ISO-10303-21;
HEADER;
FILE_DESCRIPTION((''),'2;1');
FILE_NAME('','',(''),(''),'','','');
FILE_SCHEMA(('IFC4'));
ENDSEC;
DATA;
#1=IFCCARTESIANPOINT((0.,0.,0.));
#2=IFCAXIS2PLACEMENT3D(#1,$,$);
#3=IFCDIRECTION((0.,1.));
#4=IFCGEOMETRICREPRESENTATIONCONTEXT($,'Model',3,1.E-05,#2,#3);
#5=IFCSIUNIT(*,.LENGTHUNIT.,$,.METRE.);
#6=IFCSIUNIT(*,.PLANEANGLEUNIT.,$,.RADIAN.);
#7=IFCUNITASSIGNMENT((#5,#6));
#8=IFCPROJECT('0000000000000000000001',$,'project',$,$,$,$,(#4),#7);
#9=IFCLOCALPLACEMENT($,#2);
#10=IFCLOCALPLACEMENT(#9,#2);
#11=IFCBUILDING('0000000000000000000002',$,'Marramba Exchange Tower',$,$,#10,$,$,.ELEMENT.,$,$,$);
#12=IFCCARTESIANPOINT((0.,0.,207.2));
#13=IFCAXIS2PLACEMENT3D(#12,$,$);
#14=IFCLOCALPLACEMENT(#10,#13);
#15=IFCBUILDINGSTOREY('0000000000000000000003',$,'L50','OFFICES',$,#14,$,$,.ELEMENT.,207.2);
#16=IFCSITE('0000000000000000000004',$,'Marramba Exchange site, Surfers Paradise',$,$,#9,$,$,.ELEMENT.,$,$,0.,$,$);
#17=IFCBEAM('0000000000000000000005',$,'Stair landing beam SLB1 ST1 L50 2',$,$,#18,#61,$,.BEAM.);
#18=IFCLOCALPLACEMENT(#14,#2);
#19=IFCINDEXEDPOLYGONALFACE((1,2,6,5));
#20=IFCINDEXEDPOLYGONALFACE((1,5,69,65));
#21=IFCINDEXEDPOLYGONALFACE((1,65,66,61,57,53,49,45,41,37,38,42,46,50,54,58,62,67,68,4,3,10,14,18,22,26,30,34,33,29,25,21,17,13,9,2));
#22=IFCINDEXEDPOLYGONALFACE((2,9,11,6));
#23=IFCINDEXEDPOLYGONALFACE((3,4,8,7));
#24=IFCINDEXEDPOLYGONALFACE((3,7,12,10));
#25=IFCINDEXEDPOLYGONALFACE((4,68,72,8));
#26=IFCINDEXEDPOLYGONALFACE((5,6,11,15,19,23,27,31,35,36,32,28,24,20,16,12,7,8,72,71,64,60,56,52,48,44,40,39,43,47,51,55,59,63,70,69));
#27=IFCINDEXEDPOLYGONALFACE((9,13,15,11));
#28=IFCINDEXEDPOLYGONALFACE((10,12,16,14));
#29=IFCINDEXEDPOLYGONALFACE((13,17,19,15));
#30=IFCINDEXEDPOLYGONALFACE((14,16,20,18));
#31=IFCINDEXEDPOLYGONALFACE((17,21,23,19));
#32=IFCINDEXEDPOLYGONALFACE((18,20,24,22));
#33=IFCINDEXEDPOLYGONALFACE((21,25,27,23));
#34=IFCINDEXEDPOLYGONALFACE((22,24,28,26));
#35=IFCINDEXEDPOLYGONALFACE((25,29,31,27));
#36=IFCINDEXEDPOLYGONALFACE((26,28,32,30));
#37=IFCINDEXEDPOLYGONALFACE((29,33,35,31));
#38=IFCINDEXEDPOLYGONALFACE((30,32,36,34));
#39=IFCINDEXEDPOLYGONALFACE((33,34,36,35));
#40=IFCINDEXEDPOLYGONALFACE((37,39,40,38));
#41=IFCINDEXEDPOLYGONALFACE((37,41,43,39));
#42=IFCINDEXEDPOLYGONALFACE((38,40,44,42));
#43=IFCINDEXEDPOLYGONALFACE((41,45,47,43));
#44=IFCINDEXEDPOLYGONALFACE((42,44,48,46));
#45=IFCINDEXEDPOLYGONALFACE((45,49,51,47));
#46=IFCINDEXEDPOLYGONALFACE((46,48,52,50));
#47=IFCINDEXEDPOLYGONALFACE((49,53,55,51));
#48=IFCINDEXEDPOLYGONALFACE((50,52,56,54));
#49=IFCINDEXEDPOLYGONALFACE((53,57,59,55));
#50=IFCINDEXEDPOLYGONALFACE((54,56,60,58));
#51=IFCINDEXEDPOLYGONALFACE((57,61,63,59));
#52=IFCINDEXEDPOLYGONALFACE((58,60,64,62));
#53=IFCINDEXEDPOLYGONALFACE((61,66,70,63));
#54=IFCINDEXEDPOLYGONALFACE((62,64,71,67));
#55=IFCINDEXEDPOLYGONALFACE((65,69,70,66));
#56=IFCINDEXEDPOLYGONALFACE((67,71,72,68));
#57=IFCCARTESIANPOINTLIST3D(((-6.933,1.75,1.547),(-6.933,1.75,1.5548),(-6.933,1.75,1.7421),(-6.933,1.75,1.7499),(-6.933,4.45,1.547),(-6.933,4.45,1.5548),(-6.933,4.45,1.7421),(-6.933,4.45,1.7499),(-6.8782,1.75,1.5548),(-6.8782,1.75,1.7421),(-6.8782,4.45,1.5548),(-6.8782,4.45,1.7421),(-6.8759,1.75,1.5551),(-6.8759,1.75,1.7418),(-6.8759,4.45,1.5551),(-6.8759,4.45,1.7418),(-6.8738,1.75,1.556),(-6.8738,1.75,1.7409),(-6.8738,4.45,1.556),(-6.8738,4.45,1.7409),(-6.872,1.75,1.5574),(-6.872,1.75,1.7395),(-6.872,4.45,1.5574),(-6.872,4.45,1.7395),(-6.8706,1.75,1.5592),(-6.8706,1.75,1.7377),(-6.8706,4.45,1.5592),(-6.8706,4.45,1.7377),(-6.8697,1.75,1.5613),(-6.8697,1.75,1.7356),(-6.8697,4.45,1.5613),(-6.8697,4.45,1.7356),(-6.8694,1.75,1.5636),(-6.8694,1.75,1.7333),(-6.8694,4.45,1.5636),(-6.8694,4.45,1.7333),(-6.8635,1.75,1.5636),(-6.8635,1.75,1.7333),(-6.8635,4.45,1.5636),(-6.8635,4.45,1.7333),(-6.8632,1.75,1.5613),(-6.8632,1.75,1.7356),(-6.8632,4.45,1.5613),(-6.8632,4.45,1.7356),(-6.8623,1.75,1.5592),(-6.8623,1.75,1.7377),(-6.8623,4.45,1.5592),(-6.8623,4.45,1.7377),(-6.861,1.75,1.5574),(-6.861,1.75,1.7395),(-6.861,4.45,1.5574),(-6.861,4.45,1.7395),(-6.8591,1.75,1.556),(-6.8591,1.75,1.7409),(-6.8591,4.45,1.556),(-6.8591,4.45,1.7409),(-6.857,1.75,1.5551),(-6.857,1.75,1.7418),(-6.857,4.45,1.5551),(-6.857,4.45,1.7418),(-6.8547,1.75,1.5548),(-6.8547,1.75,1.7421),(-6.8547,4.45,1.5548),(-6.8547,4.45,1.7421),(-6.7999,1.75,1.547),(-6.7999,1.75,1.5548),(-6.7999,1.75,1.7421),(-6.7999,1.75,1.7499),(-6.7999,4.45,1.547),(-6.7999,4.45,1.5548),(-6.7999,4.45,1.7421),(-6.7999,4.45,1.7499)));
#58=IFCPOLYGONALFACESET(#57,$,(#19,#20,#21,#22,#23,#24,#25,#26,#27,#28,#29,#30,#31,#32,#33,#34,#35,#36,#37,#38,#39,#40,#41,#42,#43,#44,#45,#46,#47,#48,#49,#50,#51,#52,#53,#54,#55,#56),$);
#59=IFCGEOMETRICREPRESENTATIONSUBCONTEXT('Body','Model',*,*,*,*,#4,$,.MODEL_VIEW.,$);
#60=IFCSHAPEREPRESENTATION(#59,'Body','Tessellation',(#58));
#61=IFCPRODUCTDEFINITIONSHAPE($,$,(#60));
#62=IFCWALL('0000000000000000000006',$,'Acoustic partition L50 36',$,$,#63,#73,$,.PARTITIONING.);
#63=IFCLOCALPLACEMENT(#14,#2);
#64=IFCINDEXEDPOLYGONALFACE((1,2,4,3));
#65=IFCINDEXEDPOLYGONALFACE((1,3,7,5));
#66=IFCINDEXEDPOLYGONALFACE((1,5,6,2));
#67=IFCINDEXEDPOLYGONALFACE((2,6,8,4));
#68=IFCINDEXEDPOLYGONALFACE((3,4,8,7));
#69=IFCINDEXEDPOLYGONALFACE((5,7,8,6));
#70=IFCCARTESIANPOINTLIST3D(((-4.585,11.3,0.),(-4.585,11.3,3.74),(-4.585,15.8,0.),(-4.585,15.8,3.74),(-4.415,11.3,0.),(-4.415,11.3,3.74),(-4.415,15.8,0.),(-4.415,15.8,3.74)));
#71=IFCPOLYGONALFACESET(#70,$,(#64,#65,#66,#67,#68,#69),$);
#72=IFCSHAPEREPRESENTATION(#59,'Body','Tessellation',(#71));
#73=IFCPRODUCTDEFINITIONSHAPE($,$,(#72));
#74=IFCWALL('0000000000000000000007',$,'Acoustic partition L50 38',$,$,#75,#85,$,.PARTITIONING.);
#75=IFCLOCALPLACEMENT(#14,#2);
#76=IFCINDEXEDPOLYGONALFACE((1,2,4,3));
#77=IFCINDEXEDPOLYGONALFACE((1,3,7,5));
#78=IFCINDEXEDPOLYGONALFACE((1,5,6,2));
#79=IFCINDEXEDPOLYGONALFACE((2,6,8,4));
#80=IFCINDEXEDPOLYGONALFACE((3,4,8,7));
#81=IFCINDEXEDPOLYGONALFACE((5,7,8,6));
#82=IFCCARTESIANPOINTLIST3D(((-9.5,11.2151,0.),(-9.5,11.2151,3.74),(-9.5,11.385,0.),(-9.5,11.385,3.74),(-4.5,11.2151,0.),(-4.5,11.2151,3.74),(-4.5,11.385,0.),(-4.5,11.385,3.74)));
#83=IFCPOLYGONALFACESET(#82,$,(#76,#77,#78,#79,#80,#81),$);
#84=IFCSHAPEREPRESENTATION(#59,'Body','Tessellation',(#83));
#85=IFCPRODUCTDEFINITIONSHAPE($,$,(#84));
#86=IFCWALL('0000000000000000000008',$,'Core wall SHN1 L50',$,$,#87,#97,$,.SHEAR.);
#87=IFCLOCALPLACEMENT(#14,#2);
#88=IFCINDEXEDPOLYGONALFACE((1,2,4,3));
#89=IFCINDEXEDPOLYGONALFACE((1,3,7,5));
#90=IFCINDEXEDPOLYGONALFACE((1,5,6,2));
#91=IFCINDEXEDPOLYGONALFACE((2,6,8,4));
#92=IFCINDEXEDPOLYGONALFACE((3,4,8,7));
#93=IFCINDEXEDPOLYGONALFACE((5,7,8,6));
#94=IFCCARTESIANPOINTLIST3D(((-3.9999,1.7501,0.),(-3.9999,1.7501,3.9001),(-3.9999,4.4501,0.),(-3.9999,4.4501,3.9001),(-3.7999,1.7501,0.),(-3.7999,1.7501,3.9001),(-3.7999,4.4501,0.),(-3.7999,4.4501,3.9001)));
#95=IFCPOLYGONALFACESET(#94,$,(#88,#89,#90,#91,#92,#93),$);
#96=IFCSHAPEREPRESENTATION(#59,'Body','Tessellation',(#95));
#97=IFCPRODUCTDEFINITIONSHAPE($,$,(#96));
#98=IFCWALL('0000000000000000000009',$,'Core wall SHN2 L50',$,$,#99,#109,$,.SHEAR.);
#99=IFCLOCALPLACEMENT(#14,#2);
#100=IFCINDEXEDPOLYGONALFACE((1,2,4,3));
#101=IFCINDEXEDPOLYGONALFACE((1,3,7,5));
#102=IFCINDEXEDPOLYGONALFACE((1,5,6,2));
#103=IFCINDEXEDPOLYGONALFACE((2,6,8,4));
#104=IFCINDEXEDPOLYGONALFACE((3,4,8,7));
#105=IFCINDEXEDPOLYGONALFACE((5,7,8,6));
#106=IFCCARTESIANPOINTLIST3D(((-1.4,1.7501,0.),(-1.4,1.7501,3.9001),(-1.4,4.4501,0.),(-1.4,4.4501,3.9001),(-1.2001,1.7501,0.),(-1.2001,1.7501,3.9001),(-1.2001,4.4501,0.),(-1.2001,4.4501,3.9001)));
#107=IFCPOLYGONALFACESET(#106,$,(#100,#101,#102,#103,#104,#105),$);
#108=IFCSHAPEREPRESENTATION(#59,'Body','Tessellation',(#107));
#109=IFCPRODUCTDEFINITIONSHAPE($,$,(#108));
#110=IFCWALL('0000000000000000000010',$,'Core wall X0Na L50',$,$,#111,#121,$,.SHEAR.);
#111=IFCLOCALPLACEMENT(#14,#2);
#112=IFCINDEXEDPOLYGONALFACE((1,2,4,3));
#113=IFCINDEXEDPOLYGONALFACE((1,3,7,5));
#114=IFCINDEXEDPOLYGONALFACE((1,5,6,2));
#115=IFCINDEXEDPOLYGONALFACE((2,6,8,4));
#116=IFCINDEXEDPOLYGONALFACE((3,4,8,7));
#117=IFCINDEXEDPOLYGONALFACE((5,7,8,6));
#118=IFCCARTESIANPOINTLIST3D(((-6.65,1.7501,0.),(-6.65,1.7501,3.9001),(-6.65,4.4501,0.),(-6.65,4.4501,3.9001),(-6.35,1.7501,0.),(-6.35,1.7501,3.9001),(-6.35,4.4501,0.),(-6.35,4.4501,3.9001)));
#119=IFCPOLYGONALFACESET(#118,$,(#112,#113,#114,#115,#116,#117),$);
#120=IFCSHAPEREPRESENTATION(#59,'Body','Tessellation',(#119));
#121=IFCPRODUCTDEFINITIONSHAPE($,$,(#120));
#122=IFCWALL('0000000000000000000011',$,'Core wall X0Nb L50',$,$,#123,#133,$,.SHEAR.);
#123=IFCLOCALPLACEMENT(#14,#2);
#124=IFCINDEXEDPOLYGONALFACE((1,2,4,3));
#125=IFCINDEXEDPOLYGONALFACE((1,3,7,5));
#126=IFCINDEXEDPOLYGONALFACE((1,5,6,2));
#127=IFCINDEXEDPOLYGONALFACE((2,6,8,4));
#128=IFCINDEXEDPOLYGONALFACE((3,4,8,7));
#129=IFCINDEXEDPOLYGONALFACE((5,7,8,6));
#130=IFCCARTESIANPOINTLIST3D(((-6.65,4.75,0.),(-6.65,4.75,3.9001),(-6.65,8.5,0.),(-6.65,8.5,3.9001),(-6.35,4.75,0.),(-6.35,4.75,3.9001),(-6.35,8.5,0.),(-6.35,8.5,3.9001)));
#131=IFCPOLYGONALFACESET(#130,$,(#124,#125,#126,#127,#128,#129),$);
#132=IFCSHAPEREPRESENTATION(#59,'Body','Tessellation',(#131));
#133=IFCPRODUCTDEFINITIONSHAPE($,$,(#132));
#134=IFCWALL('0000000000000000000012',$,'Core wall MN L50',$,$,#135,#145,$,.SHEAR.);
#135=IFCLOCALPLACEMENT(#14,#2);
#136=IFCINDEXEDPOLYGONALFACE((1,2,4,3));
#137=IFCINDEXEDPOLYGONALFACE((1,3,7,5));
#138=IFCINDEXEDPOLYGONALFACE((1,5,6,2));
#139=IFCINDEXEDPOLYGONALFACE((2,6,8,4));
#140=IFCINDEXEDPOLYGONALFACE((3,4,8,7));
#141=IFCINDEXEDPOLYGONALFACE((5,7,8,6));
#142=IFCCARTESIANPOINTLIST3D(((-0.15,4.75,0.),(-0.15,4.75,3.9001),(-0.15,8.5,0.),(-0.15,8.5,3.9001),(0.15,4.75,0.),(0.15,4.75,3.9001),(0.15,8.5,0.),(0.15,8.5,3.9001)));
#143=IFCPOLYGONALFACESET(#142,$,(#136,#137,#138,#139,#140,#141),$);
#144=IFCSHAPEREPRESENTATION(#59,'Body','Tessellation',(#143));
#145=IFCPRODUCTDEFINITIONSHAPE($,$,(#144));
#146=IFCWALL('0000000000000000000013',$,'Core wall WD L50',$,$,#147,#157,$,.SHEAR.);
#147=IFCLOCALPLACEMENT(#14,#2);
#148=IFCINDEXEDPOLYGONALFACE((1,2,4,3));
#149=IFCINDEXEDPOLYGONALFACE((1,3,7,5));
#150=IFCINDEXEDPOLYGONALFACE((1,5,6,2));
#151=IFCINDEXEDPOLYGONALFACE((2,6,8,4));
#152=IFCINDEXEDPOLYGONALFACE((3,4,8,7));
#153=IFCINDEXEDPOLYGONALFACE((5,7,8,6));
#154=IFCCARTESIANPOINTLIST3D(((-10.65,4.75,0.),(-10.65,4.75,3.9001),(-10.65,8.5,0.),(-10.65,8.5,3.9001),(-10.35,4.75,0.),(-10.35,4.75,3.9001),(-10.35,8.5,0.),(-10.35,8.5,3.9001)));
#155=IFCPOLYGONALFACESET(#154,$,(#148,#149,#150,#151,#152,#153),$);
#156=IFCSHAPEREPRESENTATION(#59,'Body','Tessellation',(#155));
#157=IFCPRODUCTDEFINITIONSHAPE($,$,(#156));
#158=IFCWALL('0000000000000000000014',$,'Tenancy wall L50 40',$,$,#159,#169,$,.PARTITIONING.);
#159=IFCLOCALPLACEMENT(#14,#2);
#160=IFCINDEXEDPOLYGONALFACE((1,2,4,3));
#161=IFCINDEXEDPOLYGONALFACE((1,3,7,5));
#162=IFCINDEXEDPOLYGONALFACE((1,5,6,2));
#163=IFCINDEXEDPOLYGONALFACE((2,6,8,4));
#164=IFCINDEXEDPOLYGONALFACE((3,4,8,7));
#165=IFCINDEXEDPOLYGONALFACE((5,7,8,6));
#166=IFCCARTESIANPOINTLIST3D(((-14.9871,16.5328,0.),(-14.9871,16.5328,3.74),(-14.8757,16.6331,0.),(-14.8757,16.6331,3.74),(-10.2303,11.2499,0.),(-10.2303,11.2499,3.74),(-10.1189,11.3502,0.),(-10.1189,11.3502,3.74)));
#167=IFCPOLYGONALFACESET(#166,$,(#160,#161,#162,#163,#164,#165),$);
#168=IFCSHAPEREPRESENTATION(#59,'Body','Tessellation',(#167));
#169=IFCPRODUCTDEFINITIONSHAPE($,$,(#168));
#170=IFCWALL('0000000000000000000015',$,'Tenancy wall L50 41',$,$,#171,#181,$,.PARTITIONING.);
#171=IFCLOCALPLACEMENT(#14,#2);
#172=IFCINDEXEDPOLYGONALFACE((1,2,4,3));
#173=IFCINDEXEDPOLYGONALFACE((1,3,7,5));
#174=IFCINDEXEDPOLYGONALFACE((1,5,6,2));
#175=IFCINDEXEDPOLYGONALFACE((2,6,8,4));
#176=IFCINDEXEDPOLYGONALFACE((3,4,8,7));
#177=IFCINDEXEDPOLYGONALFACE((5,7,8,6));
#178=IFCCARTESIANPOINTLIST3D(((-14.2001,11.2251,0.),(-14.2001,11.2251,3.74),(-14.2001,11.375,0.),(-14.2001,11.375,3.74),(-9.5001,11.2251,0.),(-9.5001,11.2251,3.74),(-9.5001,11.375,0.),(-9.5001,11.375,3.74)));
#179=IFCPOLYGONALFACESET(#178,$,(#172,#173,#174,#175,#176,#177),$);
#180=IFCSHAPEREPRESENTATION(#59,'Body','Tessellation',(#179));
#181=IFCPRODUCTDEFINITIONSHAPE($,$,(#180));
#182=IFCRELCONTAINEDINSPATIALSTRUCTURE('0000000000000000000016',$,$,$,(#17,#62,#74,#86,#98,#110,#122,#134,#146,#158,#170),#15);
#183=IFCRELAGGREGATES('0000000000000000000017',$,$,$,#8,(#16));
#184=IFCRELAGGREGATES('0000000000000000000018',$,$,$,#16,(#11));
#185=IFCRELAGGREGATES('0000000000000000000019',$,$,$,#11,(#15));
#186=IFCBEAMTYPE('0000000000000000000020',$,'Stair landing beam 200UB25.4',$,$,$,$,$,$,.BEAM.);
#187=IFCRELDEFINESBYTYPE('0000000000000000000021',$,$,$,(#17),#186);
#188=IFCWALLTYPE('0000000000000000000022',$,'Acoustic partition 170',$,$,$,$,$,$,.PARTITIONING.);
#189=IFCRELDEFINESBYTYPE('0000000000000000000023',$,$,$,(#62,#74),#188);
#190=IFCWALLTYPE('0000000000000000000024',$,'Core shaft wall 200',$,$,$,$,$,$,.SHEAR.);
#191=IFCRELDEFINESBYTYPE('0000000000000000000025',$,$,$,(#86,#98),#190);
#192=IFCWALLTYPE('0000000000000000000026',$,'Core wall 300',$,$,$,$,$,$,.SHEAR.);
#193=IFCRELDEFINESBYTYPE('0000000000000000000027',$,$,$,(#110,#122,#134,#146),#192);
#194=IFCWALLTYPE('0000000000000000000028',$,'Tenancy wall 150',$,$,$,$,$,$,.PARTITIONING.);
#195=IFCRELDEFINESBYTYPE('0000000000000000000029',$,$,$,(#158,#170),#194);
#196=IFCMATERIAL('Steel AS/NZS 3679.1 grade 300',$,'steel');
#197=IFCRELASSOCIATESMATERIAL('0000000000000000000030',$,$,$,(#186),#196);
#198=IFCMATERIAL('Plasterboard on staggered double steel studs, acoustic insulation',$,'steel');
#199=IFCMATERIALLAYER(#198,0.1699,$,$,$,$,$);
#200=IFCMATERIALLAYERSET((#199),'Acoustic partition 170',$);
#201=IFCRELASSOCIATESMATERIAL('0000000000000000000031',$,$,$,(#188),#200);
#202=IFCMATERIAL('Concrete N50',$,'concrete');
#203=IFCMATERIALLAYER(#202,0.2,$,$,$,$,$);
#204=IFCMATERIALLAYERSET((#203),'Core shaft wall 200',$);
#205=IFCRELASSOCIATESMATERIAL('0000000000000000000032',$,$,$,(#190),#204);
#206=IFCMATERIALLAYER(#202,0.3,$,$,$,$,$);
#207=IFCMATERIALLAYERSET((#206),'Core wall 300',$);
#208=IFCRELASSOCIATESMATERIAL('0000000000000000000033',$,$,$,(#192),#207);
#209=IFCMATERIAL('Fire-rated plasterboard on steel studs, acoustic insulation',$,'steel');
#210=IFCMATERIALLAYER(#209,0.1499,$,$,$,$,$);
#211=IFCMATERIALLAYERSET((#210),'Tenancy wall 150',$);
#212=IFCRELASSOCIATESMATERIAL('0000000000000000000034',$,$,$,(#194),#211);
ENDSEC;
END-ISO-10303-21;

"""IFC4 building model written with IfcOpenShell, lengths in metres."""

from ifc_helpers import new_model, si_unit, direction, frame, frame_2d, origin, origin_2d, place, context, subcontext, project, spatial, rectangle, i_section, extrude, material, layer, layer_set, material_profile, profile_set, type_object, element, save


model = new_model("IFC4")

# Units and contexts
model_context = context("Model", 3, precision=1e-05, world=origin(), true_north=direction((0.0, 1.0)))
body_context = subcontext(model_context, "Body", "Model", "MODEL_VIEW")
ifc_project = project(units=[si_unit("LENGTHUNIT", "METRE"), si_unit("PLANEANGLEUNIT", "RADIAN")], contexts=[model_context])

# Site, building, storey
site_placement = place(None, origin())
site = spatial("IfcSite", under=ifc_project, at=site_placement, Name="Marramba Exchange site, Surfers Paradise", CompositionType="ELEMENT", RefElevation=0.0)
building_placement = place(site_placement, origin())
building = spatial("IfcBuilding", under=site, at=building_placement, Name="Marramba Exchange Tower", CompositionType="ELEMENT")
storey_placement = place(building_placement, frame((0.0, 0.0, 207.2)))
storey = spatial("IfcBuildingStorey", under=building, at=storey_placement, Name="L50", Description="OFFICES", CompositionType="ELEMENT", Elevation=207.2)

# Beam
ifc_material_1 = material(Name="Steel AS/NZS 3679.1 grade 300", Category="steel")
ifc_material_profile_1 = material_profile(ifc_material_1, i_section(OverallWidth=0.1331, OverallDepth=0.2029, WebThickness=0.0059, FlangeThickness=0.0078, FilletRadius=0.0088, at=origin_2d()), Name="200UB25.4")
ifc_profile_set_1 = profile_set([ifc_material_profile_1], Name="Steel AS/NZS 3679.1 grade 300")
beam_type_1 = type_object("IfcBeamType", Name="Stair landing beam 200UB25.4", PredefinedType="BEAM", material=ifc_profile_set_1)
for number, where, z_axis, x_axis, name in (
    (1, (-6.8665, 1.75, 1.6484), (0.0, 1.0, 0.0), (-1.0, 0.0, 0.0), "Stair landing beam SLB1 ST1 L50 2"),
):
    element("IfcBeam", number, at=place(storey_placement, frame(where, z_axis=z_axis, x_axis=x_axis)), inside=storey, type_object=beam_type_1, Name=name, PredefinedType="BEAM", context=body_context, shape_type="SweptSolid", body=[
        extrude(i_section(OverallWidth=0.1331, OverallDepth=0.2029, WebThickness=0.0059, FlangeThickness=0.0078, FilletRadius=0.0088, at=origin_2d()), origin(), (0.0, 0.0, 1.0), 2.7),
    ])

# Walls
ifc_material_2 = material(Name="Plasterboard on staggered double steel studs, acoustic insulation", Category="steel")
ifc_layer_1 = layer(ifc_material_2, 0.1699)
ifc_layer_set_1 = layer_set([ifc_layer_1], Name="Acoustic partition 170")
wall_type_1 = type_object("IfcWallType", Name="Acoustic partition 170", PredefinedType="PARTITIONING", material=ifc_layer_set_1)
wall_1_placement = place(storey_placement, frame((-4.5, 11.3, 0.0), z_axis=(0.0, 0.0, 1.0), x_axis=(0.0, 1.0, 0.0)))
element("IfcWall", 2, at=wall_1_placement, inside=storey, type_object=wall_type_1, Name="Acoustic partition L50 36", PredefinedType="PARTITIONING", context=body_context, shape_type="SweptSolid", body=[
    extrude(rectangle(XDim=4.5, YDim=0.1699, at=frame_2d((2.25, 0.0))), origin(), (0.0, 0.0, 1.0), 3.74),
])
wall_2_placement = place(storey_placement, frame((-9.5, 11.3, 0.0), z_axis=(0.0, 0.0, 1.0), x_axis=(1.0, 0.0, 0.0)))
element("IfcWall", 3, at=wall_2_placement, inside=storey, type_object=wall_type_1, Name="Acoustic partition L50 38", PredefinedType="PARTITIONING", context=body_context, shape_type="SweptSolid", body=[
    extrude(rectangle(XDim=5.0, YDim=0.1699, at=frame_2d((2.5, 0.0))), origin(), (0.0, 0.0, 1.0), 3.74),
])
ifc_material_3 = material(Name="Concrete N50", Category="concrete")
ifc_layer_2 = layer(ifc_material_3, 0.2)
ifc_layer_set_2 = layer_set([ifc_layer_2], Name="Core shaft wall 200")
wall_type_2 = type_object("IfcWallType", Name="Core shaft wall 200", PredefinedType="SHEAR", material=ifc_layer_set_2)
for number, where, z_axis, x_axis, name in (
    (4, (-3.8999, 1.75, 0.0), (0.0, 0.0, 1.0), (0.0, 1.0, 0.0), "Core wall SHN1 L50"),
    (5, (-1.3, 1.75, 0.0), (0.0, 0.0, 1.0), (0.0, 1.0, 0.0), "Core wall SHN2 L50"),
):
    element("IfcWall", number, at=place(storey_placement, frame(where, z_axis=z_axis, x_axis=x_axis)), inside=storey, type_object=wall_type_2, Name=name, PredefinedType="SHEAR", context=body_context, shape_type="SweptSolid", body=[
        extrude(rectangle(XDim=2.7, YDim=0.2, at=frame_2d((1.3501, 0.0))), origin(), (0.0, 0.0, 1.0), 3.9001),
    ])
ifc_layer_3 = layer(ifc_material_3, 0.3)
ifc_layer_set_3 = layer_set([ifc_layer_3], Name="Core wall 300")
wall_type_3 = type_object("IfcWallType", Name="Core wall 300", PredefinedType="SHEAR", material=ifc_layer_set_3)
wall_3_placement = place(storey_placement, frame((-6.5, 1.75, 0.0), z_axis=(0.0, 0.0, 1.0), x_axis=(0.0, 1.0, 0.0)))
element("IfcWall", 6, at=wall_3_placement, inside=storey, type_object=wall_type_3, Name="Core wall X0Na L50", PredefinedType="SHEAR", context=body_context, shape_type="SweptSolid", body=[
    extrude(rectangle(XDim=2.7, YDim=0.3, at=frame_2d((1.3501, 0.0))), origin(), (0.0, 0.0, 1.0), 3.9001),
])
for number, where, z_axis, x_axis, name in (
    (7, (-6.5, 4.75, 0.0), (0.0, 0.0, 1.0), (0.0, 1.0, 0.0), "Core wall X0Nb L50"),
    (8, (0.0, 4.75, 0.0), (0.0, 0.0, 1.0), (0.0, 1.0, 0.0), "Core wall MN L50"),
    (9, (-10.5, 4.75, 0.0), (0.0, 0.0, 1.0), (0.0, 1.0, 0.0), "Core wall WD L50"),
):
    element("IfcWall", number, at=place(storey_placement, frame(where, z_axis=z_axis, x_axis=x_axis)), inside=storey, type_object=wall_type_3, Name=name, PredefinedType="SHEAR", context=body_context, shape_type="SweptSolid", body=[
        extrude(rectangle(XDim=3.75, YDim=0.3, at=frame_2d((1.875, 0.0))), origin(), (0.0, 0.0, 1.0), 3.9001),
    ])

# Walls
ifc_material_4 = material(Name="Fire-rated plasterboard on steel studs, acoustic insulation", Category="steel")
ifc_layer_4 = layer(ifc_material_4, 0.1499)
ifc_layer_set_4 = layer_set([ifc_layer_4], Name="Tenancy wall 150")
wall_type_4 = type_object("IfcWallType", Name="Tenancy wall 150", PredefinedType="PARTITIONING", material=ifc_layer_set_4)
wall_4_placement = place(storey_placement, frame((-10.1746, 11.3, 0.0), z_axis=(0.0, 0.0, 1.0), x_axis=(-0.669134, 0.743142, 0.0)))
element("IfcWall", 10, at=wall_4_placement, inside=storey, type_object=wall_type_4, Name="Tenancy wall L50 40", PredefinedType="PARTITIONING", context=body_context, shape_type="SweptSolid", body=[
    extrude(rectangle(XDim=7.1089, YDim=0.1499, at=frame_2d((3.5544, 0.0))), origin(), (0.0, 0.0, 1.0), 3.74),
])
wall_5_placement = place(storey_placement, frame((-9.5, 11.3, 0.0), z_axis=(0.0, 0.0, 1.0), x_axis=(-1.0, 0.0, 0.0)))
element("IfcWall", 11, at=wall_5_placement, inside=storey, type_object=wall_type_4, Name="Tenancy wall L50 41", PredefinedType="PARTITIONING", context=body_context, shape_type="SweptSolid", body=[
    extrude(rectangle(XDim=4.7, YDim=0.1499, at=frame_2d((2.3501, 0.0))), origin(), (0.0, 0.0, 1.0), 3.74),
])

save(model, "model.ifc")
